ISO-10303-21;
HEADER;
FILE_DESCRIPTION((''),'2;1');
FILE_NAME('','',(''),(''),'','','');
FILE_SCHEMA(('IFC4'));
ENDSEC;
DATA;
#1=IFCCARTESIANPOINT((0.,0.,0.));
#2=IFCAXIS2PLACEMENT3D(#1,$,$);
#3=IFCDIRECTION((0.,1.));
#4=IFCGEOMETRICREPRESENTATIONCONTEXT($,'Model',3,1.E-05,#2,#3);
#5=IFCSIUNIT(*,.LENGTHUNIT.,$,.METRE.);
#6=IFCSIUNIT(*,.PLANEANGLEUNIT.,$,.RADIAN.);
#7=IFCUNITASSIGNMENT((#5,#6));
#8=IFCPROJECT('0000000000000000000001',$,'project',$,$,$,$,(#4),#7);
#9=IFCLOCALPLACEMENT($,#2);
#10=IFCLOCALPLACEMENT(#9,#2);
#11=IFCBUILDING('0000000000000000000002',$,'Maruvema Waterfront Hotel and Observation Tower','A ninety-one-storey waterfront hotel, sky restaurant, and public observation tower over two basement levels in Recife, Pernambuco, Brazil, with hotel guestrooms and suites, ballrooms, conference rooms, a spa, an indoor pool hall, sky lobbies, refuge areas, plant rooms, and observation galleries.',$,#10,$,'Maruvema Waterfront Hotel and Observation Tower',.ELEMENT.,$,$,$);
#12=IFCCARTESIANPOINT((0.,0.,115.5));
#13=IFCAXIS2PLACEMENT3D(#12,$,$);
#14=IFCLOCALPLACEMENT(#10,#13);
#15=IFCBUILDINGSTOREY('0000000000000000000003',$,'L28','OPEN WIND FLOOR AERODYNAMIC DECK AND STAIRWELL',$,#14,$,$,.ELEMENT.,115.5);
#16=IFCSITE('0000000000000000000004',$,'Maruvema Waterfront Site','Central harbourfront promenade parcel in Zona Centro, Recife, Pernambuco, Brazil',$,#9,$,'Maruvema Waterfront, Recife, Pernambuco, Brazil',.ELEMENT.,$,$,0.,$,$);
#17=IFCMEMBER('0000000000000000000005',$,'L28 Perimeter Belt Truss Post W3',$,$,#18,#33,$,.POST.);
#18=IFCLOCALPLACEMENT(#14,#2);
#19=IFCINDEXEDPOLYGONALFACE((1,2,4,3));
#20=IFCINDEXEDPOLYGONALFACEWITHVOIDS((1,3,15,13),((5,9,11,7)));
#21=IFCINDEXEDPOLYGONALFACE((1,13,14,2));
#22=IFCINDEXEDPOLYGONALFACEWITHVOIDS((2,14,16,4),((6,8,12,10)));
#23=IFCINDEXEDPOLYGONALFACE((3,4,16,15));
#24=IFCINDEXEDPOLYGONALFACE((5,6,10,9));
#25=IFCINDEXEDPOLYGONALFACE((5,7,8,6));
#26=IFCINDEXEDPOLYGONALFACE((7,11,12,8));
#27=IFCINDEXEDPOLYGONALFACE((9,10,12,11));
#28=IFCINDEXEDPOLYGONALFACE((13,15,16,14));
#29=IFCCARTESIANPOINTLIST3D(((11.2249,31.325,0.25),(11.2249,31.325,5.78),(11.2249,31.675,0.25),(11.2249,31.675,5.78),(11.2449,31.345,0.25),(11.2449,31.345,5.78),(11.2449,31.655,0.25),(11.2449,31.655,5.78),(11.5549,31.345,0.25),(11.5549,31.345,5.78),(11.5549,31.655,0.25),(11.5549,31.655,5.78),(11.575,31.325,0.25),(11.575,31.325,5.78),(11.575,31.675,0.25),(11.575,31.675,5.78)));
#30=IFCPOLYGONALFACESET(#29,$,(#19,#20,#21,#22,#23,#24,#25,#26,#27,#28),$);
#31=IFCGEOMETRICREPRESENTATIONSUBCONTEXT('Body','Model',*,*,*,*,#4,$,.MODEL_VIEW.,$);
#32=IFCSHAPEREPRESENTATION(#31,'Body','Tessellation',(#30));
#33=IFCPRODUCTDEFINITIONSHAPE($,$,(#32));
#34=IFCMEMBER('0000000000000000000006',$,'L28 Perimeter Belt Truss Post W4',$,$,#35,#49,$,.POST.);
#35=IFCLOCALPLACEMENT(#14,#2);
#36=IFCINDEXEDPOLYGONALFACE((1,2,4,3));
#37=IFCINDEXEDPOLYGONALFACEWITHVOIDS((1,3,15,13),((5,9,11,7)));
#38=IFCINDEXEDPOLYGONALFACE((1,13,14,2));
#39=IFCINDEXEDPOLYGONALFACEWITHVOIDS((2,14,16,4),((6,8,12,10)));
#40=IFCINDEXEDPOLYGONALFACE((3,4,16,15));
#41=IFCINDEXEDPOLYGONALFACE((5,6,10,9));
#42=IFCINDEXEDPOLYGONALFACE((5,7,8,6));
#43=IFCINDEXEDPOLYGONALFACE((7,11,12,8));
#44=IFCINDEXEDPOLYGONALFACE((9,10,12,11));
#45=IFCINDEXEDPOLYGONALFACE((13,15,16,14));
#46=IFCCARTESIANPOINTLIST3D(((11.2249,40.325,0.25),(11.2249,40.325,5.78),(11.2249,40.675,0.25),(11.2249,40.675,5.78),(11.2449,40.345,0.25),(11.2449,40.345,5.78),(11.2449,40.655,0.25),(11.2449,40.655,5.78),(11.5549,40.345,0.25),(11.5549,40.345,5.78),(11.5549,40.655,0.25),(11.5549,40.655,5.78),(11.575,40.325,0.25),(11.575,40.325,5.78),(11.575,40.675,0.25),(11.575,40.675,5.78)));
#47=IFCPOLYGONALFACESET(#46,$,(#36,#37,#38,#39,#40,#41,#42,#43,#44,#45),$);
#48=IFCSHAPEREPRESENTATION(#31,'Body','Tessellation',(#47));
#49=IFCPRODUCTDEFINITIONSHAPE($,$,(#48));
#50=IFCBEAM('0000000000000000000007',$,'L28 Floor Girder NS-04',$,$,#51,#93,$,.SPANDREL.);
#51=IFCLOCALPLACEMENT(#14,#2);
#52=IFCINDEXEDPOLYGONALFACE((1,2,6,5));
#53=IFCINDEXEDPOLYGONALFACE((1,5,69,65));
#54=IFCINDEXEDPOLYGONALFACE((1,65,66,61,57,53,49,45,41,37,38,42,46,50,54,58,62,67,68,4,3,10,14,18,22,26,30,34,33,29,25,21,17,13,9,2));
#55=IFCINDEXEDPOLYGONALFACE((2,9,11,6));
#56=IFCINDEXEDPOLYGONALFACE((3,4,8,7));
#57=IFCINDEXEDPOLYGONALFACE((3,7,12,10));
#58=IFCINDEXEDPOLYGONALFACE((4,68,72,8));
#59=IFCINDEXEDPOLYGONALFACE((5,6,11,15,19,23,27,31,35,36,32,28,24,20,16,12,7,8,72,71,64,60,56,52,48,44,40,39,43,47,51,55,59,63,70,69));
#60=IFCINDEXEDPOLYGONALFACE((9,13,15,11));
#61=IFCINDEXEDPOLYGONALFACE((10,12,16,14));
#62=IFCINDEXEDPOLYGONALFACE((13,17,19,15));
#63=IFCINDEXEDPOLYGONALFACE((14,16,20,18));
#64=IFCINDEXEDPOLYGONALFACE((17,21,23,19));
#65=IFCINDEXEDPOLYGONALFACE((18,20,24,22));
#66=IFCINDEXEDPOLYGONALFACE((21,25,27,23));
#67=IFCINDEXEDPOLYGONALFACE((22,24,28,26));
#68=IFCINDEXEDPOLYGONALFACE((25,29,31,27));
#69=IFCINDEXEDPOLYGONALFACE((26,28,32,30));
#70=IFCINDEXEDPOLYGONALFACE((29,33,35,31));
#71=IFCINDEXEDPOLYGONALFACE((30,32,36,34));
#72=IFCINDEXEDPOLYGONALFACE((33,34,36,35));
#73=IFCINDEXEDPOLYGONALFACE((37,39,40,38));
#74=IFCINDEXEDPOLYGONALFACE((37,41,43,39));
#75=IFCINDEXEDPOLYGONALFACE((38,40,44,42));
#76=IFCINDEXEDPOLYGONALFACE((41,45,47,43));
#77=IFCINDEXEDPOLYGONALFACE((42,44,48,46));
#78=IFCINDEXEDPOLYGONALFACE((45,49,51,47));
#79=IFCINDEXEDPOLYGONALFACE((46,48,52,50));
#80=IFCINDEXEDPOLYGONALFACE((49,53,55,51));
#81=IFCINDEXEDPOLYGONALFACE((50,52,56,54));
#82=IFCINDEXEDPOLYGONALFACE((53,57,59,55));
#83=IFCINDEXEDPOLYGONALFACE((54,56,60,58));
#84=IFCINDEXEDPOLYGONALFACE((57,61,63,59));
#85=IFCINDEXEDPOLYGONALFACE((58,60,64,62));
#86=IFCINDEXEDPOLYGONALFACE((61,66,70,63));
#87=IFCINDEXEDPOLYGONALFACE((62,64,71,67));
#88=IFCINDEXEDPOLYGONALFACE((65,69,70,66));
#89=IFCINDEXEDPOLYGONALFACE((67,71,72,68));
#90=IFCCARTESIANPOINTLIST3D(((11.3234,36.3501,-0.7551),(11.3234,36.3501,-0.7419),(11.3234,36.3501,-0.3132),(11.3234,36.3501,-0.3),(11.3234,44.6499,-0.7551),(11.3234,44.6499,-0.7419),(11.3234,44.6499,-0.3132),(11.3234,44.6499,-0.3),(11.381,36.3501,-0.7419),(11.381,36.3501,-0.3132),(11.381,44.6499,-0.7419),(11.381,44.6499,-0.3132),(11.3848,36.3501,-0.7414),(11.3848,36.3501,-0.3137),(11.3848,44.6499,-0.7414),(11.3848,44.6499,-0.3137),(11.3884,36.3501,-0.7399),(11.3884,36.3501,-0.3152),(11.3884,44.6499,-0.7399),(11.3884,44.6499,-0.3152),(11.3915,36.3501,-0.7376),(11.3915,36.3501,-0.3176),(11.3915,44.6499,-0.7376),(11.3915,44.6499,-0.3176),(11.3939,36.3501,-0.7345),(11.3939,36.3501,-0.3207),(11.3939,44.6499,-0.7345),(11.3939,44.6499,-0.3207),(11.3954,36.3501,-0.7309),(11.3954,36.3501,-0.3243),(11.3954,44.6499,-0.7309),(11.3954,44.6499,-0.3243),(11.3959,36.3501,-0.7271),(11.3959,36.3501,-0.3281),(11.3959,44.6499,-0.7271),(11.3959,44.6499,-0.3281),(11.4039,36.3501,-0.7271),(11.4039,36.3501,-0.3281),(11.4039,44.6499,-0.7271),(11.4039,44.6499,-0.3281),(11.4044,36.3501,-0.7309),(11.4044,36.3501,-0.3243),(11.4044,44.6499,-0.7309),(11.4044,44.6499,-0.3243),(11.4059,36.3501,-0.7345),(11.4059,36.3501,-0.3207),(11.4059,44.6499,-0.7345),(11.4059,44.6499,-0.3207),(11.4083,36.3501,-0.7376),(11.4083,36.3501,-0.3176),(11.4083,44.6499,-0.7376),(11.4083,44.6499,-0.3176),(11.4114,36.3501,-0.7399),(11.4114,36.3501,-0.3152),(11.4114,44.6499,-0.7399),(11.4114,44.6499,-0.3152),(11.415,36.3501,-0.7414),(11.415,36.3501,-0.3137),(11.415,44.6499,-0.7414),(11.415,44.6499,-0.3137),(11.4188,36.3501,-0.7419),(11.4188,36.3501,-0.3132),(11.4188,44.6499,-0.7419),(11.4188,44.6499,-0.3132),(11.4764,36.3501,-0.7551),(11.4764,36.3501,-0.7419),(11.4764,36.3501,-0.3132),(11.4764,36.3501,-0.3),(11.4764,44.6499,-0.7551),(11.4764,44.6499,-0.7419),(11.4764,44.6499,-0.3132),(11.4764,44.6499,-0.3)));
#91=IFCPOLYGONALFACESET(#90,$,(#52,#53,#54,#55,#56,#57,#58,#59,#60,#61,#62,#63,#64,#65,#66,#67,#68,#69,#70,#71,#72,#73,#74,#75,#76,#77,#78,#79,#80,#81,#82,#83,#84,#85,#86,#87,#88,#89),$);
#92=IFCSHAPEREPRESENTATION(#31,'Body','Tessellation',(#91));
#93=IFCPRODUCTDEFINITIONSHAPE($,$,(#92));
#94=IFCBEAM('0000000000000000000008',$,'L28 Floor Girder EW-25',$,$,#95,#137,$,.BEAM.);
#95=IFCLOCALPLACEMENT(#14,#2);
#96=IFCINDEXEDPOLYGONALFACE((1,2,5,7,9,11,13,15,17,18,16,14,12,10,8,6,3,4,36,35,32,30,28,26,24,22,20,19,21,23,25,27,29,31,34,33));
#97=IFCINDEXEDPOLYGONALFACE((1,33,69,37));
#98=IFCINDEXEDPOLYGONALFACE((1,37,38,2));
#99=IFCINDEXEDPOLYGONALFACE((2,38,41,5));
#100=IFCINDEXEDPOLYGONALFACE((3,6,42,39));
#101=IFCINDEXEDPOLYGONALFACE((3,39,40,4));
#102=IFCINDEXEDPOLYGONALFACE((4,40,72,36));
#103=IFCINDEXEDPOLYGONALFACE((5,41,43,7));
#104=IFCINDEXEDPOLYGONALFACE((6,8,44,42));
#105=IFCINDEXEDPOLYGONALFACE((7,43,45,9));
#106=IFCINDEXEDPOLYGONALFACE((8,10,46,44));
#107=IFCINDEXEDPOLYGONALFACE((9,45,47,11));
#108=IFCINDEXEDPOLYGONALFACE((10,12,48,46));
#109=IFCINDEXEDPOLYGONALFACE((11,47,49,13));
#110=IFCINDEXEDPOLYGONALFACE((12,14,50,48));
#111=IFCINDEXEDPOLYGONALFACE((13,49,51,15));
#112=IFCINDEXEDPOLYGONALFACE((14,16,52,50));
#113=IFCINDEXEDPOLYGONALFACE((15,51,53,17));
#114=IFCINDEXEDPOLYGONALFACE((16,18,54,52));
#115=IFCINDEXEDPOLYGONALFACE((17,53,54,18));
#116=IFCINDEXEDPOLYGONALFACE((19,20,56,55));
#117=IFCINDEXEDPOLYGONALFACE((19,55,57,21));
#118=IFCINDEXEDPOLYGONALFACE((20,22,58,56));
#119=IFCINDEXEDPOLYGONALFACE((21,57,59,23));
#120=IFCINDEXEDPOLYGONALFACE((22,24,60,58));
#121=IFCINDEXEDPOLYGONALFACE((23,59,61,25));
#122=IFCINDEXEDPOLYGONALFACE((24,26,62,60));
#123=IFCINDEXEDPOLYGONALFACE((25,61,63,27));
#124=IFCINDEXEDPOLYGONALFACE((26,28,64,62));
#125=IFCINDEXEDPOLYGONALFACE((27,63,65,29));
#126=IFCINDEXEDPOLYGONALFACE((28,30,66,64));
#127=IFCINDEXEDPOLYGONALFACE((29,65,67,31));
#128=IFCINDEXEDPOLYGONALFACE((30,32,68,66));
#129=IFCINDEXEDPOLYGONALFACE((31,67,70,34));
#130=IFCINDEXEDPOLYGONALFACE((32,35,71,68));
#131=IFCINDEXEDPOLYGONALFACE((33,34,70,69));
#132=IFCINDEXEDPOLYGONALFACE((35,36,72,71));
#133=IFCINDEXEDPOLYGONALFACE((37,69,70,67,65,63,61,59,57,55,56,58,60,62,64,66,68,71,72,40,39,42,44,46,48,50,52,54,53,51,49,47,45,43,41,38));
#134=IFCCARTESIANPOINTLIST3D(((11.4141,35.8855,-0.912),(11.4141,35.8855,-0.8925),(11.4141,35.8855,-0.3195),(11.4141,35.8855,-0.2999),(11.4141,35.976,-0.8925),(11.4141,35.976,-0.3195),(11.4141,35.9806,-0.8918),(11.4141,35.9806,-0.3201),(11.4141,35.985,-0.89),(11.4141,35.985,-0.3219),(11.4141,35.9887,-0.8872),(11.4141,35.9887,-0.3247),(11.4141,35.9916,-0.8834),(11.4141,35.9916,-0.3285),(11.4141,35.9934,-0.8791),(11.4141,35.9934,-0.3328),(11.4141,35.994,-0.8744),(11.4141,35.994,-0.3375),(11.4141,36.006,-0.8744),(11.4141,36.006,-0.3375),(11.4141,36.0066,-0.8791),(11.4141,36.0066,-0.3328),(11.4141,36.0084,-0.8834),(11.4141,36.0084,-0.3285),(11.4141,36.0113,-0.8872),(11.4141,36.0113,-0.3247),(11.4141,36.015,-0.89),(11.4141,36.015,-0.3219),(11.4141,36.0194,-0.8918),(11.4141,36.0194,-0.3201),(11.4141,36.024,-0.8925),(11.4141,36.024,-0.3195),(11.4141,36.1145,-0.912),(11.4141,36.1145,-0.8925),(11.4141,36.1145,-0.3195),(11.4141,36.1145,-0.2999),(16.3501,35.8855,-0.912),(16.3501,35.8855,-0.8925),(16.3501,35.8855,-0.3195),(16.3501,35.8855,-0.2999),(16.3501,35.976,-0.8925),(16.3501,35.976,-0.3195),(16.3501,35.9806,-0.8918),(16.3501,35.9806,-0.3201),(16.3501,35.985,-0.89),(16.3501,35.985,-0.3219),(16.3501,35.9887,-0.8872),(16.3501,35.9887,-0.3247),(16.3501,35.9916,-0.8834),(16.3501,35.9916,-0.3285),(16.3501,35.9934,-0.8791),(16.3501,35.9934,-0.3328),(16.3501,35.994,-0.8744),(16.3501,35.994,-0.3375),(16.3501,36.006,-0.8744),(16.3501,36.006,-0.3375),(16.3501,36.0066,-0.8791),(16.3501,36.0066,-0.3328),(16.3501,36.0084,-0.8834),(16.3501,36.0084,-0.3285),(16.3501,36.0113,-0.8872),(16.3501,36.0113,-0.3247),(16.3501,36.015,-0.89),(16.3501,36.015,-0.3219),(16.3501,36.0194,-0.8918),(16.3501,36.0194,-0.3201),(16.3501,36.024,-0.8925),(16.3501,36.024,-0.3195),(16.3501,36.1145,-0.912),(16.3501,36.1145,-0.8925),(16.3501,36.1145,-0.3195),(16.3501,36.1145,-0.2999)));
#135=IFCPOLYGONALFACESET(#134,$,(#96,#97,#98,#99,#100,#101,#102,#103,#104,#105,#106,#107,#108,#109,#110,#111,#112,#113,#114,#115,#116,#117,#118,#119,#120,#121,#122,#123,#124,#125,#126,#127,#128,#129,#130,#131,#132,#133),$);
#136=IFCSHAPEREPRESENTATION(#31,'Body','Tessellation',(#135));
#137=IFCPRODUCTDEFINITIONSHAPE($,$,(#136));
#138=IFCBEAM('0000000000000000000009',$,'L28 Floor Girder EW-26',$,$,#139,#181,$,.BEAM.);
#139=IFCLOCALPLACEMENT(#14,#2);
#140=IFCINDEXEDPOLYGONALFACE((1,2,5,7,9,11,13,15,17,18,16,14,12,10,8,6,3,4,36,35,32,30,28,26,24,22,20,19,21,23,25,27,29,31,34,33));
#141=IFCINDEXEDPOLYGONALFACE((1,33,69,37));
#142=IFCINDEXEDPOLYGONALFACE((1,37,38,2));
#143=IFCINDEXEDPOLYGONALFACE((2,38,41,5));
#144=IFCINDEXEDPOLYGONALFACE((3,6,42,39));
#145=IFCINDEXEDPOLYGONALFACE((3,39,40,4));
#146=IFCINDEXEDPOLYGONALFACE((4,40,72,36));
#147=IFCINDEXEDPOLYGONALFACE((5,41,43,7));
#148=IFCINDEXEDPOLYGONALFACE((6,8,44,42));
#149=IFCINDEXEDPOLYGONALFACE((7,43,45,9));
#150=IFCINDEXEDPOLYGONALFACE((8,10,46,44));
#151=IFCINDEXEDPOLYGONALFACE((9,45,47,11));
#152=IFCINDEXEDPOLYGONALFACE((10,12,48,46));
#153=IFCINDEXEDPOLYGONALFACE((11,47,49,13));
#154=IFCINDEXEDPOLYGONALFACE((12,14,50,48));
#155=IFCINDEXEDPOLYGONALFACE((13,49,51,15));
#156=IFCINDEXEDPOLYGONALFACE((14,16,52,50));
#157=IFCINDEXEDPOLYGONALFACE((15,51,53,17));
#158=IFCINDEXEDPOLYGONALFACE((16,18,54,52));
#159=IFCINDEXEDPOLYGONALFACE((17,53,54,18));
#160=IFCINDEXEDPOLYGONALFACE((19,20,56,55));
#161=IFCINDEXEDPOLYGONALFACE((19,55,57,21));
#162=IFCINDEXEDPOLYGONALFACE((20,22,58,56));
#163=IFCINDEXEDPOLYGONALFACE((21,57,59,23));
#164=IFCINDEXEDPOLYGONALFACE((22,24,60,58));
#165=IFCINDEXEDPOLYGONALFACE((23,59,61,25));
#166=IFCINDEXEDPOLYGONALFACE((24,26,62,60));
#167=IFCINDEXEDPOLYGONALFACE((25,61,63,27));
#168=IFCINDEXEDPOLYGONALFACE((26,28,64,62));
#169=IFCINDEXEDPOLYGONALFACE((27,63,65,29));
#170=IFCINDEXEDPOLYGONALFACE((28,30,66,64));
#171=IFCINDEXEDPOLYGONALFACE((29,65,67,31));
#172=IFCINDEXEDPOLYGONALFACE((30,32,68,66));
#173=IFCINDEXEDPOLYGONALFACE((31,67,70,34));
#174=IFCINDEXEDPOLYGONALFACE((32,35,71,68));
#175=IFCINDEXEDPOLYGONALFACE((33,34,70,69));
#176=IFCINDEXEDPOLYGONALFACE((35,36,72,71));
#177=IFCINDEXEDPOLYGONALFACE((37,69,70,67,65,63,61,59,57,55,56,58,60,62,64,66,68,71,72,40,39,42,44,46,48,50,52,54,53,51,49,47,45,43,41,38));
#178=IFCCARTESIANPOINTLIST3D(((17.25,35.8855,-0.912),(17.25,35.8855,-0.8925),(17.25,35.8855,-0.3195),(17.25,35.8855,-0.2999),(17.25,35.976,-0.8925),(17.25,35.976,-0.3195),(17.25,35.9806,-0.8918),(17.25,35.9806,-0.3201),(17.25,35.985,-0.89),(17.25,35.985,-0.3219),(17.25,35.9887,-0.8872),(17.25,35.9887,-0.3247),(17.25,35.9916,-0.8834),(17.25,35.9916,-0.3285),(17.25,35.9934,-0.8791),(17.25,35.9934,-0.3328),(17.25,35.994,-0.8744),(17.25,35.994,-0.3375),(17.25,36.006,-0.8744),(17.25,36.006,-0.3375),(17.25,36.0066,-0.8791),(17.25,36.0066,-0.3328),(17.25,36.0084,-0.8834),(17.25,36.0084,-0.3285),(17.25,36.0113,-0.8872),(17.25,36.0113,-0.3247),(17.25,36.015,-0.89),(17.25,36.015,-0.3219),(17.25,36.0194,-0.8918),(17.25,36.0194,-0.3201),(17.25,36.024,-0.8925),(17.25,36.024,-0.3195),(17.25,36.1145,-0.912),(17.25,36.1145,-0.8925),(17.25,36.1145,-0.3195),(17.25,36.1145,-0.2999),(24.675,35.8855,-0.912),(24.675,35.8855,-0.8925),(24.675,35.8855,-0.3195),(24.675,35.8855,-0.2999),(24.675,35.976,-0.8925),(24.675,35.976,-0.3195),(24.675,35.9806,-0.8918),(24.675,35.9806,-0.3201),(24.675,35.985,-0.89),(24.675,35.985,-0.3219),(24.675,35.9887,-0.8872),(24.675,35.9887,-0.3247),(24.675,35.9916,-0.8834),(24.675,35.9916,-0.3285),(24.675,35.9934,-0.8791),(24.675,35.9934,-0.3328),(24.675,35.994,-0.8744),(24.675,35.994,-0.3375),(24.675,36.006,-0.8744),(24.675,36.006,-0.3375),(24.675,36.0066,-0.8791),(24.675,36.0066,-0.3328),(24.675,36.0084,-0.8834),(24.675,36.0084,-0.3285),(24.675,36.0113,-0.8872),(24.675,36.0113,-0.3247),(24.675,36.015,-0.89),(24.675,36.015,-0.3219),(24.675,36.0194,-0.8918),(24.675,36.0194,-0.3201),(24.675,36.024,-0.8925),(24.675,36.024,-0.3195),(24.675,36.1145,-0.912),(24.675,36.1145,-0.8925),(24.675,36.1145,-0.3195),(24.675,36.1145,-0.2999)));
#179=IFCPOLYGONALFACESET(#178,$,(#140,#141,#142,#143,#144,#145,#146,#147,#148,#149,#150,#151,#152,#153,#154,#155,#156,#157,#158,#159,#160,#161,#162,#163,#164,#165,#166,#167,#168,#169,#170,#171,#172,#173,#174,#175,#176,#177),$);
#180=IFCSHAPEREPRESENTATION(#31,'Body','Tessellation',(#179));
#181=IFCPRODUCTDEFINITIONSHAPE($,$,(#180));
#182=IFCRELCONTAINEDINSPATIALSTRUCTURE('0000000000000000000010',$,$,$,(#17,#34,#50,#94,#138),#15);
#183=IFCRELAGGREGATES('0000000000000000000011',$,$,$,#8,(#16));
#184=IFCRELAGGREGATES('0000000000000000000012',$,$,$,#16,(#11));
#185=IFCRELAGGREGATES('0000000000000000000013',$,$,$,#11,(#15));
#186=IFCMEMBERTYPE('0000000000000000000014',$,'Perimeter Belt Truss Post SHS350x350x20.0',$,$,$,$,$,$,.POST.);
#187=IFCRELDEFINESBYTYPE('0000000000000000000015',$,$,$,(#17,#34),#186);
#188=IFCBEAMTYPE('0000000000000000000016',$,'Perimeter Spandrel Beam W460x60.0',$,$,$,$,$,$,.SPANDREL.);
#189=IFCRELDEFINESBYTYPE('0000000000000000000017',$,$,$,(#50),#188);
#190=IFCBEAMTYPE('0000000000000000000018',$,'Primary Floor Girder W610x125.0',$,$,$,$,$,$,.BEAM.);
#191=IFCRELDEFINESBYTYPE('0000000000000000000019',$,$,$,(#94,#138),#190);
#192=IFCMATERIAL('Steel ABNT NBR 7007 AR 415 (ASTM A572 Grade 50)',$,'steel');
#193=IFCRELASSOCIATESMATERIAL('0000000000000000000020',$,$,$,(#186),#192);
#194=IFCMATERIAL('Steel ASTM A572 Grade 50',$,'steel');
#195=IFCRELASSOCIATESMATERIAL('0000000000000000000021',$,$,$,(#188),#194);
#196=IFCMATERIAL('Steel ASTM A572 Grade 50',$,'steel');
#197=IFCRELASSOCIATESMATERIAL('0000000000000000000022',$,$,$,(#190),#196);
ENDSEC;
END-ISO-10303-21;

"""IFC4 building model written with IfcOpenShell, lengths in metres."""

from ifc_helpers import new_model, si_unit, direction, frame, origin, origin_2d, place, context, subcontext, project, spatial, hollow_rectangle, i_section, extrude, material, material_profile, profile_set, type_object, element, save


model = new_model("IFC4")

# Units and contexts
model_context = context("Model", 3, precision=1e-05, world=origin(), true_north=direction((0.0, 1.0)))
body_context = subcontext(model_context, "Body", "Model", "MODEL_VIEW")
ifc_project = project(units=[si_unit("LENGTHUNIT", "METRE"), si_unit("PLANEANGLEUNIT", "RADIAN")], contexts=[model_context])

# Site, building, storey
site_placement = place(None, origin())
site = spatial("IfcSite", under=ifc_project, at=site_placement, Name="Maruvema Waterfront Site", Description="Central harbourfront promenade parcel in Zona Centro, Recife, Pernambuco, Brazil", LongName="Maruvema Waterfront, Recife, Pernambuco, Brazil", CompositionType="ELEMENT", RefElevation=0.0)
building_placement = place(site_placement, origin())
building = spatial("IfcBuilding", under=site, at=building_placement, Name="Maruvema Waterfront Hotel and Observation Tower", Description="A ninety-one-storey waterfront hotel, sky restaurant, and public observation tower over two basement levels in Recife, Pernambuco, Brazil, with hotel guestrooms and suites, ballrooms, conference rooms, a spa, an indoor pool hall, sky lobbies, refuge areas, plant rooms, and observation galleries.", LongName="Maruvema Waterfront Hotel and Observation Tower", CompositionType="ELEMENT")
storey_placement = place(building_placement, frame((0.0, 0.0, 115.5)))
storey = spatial("IfcBuildingStorey", under=building, at=storey_placement, Name="L28", Description="OPEN WIND FLOOR AERODYNAMIC DECK AND STAIRWELL", CompositionType="ELEMENT", Elevation=115.5)

# Members
ifc_material_1 = material(Name="Steel ABNT NBR 7007 AR 415 (ASTM A572 Grade 50)", Category="steel")
ifc_material_profile_1 = material_profile(ifc_material_1, hollow_rectangle(XDim=0.3501, YDim=0.3501, WallThickness=0.02, at=origin_2d()), Name="SHS350x350x20.0")
ifc_profile_set_1 = profile_set([ifc_material_profile_1], Name="Steel ABNT NBR 7007 AR 415 (ASTM A572 Grade 50)")
member_type_1 = type_object("IfcMemberType", Name="Perimeter Belt Truss Post SHS350x350x20.0", PredefinedType="POST", material=ifc_profile_set_1)
for number, where, z_axis, x_axis, name in (
    (1, (11.3999, 31.5, 0.25), (0.0, 0.0, 1.0), (1.0, 0.0, 0.0), "L28 Perimeter Belt Truss Post W3"),
    (2, (11.3999, 40.5, 0.25), (0.0, 0.0, 1.0), (1.0, 0.0, 0.0), "L28 Perimeter Belt Truss Post W4"),
):
    element("IfcMember", number, at=place(storey_placement, frame(where, z_axis=z_axis, x_axis=x_axis)), inside=storey, type_object=member_type_1, Name=name, PredefinedType="POST", context=body_context, shape_type="SweptSolid", body=[
        extrude(hollow_rectangle(XDim=0.3501, YDim=0.3501, WallThickness=0.02, at=origin_2d()), origin(), (0.0, 0.0, 1.0), 5.53),
    ])

# Beams
ifc_material_2 = material(Name="Steel ASTM A572 Grade 50", Category="steel")
ifc_material_profile_2 = material_profile(ifc_material_2, i_section(OverallWidth=0.1531, OverallDepth=0.4551, WebThickness=0.0081, FlangeThickness=0.0132, FilletRadius=0.0149, at=origin_2d()), Name="W460x60.0")
ifc_profile_set_2 = profile_set([ifc_material_profile_2], Name="Steel ASTM A572 Grade 50")
beam_type_1 = type_object("IfcBeamType", Name="Perimeter Spandrel Beam W460x60.0", PredefinedType="SPANDREL", material=ifc_profile_set_2)
beam_1_placement = place(storey_placement, frame((11.3999, 36.3501, -0.5276), z_axis=(0.0, 1.0, 0.0), x_axis=(-1.0, 0.0, 0.0)))
element("IfcBeam", 3, at=beam_1_placement, inside=storey, type_object=beam_type_1, Name="L28 Floor Girder NS-04", PredefinedType="SPANDREL", context=body_context, shape_type="SweptSolid", body=[
    extrude(i_section(OverallWidth=0.1531, OverallDepth=0.4551, WebThickness=0.0081, FlangeThickness=0.0132, FilletRadius=0.0149, at=origin_2d()), origin(), (0.0, 0.0, 1.0), 8.2998),
])
ifc_material_3 = material(Name="Steel ASTM A572 Grade 50", Category="steel")
ifc_material_profile_3 = material_profile(ifc_material_3, i_section(OverallWidth=0.229, OverallDepth=0.6121, WebThickness=0.012, FlangeThickness=0.0195, FilletRadius=0.0181, at=origin_2d()), Name="W610x125.0")
ifc_profile_set_3 = profile_set([ifc_material_profile_3], Name="Steel ASTM A572 Grade 50")
beam_type_2 = type_object("IfcBeamType", Name="Primary Floor Girder W610x125.0", PredefinedType="BEAM", material=ifc_profile_set_3)
beam_2_placement = place(storey_placement, frame((11.4141, 36.0, -0.606), z_axis=(1.0, 0.0, 0.0), x_axis=(0.0, 1.0, 0.0)))
element("IfcBeam", 4, at=beam_2_placement, inside=storey, type_object=beam_type_2, Name="L28 Floor Girder EW-25", PredefinedType="BEAM", context=body_context, shape_type="SweptSolid", body=[
    extrude(i_section(OverallWidth=0.229, OverallDepth=0.6121, WebThickness=0.012, FlangeThickness=0.0195, FilletRadius=0.0181, at=origin_2d()), origin(), (0.0, 0.0, 1.0), 4.936),
])
beam_3_placement = place(storey_placement, frame((17.25, 36.0, -0.606), z_axis=(1.0, 0.0, 0.0), x_axis=(0.0, 1.0, 0.0)))
element("IfcBeam", 5, at=beam_3_placement, inside=storey, type_object=beam_type_2, Name="L28 Floor Girder EW-26", PredefinedType="BEAM", context=body_context, shape_type="SweptSolid", body=[
    extrude(i_section(OverallWidth=0.229, OverallDepth=0.6121, WebThickness=0.012, FlangeThickness=0.0195, FilletRadius=0.0181, at=origin_2d()), origin(), (0.0, 0.0, 1.0), 7.425),
])

save(model, "model.ifc")
